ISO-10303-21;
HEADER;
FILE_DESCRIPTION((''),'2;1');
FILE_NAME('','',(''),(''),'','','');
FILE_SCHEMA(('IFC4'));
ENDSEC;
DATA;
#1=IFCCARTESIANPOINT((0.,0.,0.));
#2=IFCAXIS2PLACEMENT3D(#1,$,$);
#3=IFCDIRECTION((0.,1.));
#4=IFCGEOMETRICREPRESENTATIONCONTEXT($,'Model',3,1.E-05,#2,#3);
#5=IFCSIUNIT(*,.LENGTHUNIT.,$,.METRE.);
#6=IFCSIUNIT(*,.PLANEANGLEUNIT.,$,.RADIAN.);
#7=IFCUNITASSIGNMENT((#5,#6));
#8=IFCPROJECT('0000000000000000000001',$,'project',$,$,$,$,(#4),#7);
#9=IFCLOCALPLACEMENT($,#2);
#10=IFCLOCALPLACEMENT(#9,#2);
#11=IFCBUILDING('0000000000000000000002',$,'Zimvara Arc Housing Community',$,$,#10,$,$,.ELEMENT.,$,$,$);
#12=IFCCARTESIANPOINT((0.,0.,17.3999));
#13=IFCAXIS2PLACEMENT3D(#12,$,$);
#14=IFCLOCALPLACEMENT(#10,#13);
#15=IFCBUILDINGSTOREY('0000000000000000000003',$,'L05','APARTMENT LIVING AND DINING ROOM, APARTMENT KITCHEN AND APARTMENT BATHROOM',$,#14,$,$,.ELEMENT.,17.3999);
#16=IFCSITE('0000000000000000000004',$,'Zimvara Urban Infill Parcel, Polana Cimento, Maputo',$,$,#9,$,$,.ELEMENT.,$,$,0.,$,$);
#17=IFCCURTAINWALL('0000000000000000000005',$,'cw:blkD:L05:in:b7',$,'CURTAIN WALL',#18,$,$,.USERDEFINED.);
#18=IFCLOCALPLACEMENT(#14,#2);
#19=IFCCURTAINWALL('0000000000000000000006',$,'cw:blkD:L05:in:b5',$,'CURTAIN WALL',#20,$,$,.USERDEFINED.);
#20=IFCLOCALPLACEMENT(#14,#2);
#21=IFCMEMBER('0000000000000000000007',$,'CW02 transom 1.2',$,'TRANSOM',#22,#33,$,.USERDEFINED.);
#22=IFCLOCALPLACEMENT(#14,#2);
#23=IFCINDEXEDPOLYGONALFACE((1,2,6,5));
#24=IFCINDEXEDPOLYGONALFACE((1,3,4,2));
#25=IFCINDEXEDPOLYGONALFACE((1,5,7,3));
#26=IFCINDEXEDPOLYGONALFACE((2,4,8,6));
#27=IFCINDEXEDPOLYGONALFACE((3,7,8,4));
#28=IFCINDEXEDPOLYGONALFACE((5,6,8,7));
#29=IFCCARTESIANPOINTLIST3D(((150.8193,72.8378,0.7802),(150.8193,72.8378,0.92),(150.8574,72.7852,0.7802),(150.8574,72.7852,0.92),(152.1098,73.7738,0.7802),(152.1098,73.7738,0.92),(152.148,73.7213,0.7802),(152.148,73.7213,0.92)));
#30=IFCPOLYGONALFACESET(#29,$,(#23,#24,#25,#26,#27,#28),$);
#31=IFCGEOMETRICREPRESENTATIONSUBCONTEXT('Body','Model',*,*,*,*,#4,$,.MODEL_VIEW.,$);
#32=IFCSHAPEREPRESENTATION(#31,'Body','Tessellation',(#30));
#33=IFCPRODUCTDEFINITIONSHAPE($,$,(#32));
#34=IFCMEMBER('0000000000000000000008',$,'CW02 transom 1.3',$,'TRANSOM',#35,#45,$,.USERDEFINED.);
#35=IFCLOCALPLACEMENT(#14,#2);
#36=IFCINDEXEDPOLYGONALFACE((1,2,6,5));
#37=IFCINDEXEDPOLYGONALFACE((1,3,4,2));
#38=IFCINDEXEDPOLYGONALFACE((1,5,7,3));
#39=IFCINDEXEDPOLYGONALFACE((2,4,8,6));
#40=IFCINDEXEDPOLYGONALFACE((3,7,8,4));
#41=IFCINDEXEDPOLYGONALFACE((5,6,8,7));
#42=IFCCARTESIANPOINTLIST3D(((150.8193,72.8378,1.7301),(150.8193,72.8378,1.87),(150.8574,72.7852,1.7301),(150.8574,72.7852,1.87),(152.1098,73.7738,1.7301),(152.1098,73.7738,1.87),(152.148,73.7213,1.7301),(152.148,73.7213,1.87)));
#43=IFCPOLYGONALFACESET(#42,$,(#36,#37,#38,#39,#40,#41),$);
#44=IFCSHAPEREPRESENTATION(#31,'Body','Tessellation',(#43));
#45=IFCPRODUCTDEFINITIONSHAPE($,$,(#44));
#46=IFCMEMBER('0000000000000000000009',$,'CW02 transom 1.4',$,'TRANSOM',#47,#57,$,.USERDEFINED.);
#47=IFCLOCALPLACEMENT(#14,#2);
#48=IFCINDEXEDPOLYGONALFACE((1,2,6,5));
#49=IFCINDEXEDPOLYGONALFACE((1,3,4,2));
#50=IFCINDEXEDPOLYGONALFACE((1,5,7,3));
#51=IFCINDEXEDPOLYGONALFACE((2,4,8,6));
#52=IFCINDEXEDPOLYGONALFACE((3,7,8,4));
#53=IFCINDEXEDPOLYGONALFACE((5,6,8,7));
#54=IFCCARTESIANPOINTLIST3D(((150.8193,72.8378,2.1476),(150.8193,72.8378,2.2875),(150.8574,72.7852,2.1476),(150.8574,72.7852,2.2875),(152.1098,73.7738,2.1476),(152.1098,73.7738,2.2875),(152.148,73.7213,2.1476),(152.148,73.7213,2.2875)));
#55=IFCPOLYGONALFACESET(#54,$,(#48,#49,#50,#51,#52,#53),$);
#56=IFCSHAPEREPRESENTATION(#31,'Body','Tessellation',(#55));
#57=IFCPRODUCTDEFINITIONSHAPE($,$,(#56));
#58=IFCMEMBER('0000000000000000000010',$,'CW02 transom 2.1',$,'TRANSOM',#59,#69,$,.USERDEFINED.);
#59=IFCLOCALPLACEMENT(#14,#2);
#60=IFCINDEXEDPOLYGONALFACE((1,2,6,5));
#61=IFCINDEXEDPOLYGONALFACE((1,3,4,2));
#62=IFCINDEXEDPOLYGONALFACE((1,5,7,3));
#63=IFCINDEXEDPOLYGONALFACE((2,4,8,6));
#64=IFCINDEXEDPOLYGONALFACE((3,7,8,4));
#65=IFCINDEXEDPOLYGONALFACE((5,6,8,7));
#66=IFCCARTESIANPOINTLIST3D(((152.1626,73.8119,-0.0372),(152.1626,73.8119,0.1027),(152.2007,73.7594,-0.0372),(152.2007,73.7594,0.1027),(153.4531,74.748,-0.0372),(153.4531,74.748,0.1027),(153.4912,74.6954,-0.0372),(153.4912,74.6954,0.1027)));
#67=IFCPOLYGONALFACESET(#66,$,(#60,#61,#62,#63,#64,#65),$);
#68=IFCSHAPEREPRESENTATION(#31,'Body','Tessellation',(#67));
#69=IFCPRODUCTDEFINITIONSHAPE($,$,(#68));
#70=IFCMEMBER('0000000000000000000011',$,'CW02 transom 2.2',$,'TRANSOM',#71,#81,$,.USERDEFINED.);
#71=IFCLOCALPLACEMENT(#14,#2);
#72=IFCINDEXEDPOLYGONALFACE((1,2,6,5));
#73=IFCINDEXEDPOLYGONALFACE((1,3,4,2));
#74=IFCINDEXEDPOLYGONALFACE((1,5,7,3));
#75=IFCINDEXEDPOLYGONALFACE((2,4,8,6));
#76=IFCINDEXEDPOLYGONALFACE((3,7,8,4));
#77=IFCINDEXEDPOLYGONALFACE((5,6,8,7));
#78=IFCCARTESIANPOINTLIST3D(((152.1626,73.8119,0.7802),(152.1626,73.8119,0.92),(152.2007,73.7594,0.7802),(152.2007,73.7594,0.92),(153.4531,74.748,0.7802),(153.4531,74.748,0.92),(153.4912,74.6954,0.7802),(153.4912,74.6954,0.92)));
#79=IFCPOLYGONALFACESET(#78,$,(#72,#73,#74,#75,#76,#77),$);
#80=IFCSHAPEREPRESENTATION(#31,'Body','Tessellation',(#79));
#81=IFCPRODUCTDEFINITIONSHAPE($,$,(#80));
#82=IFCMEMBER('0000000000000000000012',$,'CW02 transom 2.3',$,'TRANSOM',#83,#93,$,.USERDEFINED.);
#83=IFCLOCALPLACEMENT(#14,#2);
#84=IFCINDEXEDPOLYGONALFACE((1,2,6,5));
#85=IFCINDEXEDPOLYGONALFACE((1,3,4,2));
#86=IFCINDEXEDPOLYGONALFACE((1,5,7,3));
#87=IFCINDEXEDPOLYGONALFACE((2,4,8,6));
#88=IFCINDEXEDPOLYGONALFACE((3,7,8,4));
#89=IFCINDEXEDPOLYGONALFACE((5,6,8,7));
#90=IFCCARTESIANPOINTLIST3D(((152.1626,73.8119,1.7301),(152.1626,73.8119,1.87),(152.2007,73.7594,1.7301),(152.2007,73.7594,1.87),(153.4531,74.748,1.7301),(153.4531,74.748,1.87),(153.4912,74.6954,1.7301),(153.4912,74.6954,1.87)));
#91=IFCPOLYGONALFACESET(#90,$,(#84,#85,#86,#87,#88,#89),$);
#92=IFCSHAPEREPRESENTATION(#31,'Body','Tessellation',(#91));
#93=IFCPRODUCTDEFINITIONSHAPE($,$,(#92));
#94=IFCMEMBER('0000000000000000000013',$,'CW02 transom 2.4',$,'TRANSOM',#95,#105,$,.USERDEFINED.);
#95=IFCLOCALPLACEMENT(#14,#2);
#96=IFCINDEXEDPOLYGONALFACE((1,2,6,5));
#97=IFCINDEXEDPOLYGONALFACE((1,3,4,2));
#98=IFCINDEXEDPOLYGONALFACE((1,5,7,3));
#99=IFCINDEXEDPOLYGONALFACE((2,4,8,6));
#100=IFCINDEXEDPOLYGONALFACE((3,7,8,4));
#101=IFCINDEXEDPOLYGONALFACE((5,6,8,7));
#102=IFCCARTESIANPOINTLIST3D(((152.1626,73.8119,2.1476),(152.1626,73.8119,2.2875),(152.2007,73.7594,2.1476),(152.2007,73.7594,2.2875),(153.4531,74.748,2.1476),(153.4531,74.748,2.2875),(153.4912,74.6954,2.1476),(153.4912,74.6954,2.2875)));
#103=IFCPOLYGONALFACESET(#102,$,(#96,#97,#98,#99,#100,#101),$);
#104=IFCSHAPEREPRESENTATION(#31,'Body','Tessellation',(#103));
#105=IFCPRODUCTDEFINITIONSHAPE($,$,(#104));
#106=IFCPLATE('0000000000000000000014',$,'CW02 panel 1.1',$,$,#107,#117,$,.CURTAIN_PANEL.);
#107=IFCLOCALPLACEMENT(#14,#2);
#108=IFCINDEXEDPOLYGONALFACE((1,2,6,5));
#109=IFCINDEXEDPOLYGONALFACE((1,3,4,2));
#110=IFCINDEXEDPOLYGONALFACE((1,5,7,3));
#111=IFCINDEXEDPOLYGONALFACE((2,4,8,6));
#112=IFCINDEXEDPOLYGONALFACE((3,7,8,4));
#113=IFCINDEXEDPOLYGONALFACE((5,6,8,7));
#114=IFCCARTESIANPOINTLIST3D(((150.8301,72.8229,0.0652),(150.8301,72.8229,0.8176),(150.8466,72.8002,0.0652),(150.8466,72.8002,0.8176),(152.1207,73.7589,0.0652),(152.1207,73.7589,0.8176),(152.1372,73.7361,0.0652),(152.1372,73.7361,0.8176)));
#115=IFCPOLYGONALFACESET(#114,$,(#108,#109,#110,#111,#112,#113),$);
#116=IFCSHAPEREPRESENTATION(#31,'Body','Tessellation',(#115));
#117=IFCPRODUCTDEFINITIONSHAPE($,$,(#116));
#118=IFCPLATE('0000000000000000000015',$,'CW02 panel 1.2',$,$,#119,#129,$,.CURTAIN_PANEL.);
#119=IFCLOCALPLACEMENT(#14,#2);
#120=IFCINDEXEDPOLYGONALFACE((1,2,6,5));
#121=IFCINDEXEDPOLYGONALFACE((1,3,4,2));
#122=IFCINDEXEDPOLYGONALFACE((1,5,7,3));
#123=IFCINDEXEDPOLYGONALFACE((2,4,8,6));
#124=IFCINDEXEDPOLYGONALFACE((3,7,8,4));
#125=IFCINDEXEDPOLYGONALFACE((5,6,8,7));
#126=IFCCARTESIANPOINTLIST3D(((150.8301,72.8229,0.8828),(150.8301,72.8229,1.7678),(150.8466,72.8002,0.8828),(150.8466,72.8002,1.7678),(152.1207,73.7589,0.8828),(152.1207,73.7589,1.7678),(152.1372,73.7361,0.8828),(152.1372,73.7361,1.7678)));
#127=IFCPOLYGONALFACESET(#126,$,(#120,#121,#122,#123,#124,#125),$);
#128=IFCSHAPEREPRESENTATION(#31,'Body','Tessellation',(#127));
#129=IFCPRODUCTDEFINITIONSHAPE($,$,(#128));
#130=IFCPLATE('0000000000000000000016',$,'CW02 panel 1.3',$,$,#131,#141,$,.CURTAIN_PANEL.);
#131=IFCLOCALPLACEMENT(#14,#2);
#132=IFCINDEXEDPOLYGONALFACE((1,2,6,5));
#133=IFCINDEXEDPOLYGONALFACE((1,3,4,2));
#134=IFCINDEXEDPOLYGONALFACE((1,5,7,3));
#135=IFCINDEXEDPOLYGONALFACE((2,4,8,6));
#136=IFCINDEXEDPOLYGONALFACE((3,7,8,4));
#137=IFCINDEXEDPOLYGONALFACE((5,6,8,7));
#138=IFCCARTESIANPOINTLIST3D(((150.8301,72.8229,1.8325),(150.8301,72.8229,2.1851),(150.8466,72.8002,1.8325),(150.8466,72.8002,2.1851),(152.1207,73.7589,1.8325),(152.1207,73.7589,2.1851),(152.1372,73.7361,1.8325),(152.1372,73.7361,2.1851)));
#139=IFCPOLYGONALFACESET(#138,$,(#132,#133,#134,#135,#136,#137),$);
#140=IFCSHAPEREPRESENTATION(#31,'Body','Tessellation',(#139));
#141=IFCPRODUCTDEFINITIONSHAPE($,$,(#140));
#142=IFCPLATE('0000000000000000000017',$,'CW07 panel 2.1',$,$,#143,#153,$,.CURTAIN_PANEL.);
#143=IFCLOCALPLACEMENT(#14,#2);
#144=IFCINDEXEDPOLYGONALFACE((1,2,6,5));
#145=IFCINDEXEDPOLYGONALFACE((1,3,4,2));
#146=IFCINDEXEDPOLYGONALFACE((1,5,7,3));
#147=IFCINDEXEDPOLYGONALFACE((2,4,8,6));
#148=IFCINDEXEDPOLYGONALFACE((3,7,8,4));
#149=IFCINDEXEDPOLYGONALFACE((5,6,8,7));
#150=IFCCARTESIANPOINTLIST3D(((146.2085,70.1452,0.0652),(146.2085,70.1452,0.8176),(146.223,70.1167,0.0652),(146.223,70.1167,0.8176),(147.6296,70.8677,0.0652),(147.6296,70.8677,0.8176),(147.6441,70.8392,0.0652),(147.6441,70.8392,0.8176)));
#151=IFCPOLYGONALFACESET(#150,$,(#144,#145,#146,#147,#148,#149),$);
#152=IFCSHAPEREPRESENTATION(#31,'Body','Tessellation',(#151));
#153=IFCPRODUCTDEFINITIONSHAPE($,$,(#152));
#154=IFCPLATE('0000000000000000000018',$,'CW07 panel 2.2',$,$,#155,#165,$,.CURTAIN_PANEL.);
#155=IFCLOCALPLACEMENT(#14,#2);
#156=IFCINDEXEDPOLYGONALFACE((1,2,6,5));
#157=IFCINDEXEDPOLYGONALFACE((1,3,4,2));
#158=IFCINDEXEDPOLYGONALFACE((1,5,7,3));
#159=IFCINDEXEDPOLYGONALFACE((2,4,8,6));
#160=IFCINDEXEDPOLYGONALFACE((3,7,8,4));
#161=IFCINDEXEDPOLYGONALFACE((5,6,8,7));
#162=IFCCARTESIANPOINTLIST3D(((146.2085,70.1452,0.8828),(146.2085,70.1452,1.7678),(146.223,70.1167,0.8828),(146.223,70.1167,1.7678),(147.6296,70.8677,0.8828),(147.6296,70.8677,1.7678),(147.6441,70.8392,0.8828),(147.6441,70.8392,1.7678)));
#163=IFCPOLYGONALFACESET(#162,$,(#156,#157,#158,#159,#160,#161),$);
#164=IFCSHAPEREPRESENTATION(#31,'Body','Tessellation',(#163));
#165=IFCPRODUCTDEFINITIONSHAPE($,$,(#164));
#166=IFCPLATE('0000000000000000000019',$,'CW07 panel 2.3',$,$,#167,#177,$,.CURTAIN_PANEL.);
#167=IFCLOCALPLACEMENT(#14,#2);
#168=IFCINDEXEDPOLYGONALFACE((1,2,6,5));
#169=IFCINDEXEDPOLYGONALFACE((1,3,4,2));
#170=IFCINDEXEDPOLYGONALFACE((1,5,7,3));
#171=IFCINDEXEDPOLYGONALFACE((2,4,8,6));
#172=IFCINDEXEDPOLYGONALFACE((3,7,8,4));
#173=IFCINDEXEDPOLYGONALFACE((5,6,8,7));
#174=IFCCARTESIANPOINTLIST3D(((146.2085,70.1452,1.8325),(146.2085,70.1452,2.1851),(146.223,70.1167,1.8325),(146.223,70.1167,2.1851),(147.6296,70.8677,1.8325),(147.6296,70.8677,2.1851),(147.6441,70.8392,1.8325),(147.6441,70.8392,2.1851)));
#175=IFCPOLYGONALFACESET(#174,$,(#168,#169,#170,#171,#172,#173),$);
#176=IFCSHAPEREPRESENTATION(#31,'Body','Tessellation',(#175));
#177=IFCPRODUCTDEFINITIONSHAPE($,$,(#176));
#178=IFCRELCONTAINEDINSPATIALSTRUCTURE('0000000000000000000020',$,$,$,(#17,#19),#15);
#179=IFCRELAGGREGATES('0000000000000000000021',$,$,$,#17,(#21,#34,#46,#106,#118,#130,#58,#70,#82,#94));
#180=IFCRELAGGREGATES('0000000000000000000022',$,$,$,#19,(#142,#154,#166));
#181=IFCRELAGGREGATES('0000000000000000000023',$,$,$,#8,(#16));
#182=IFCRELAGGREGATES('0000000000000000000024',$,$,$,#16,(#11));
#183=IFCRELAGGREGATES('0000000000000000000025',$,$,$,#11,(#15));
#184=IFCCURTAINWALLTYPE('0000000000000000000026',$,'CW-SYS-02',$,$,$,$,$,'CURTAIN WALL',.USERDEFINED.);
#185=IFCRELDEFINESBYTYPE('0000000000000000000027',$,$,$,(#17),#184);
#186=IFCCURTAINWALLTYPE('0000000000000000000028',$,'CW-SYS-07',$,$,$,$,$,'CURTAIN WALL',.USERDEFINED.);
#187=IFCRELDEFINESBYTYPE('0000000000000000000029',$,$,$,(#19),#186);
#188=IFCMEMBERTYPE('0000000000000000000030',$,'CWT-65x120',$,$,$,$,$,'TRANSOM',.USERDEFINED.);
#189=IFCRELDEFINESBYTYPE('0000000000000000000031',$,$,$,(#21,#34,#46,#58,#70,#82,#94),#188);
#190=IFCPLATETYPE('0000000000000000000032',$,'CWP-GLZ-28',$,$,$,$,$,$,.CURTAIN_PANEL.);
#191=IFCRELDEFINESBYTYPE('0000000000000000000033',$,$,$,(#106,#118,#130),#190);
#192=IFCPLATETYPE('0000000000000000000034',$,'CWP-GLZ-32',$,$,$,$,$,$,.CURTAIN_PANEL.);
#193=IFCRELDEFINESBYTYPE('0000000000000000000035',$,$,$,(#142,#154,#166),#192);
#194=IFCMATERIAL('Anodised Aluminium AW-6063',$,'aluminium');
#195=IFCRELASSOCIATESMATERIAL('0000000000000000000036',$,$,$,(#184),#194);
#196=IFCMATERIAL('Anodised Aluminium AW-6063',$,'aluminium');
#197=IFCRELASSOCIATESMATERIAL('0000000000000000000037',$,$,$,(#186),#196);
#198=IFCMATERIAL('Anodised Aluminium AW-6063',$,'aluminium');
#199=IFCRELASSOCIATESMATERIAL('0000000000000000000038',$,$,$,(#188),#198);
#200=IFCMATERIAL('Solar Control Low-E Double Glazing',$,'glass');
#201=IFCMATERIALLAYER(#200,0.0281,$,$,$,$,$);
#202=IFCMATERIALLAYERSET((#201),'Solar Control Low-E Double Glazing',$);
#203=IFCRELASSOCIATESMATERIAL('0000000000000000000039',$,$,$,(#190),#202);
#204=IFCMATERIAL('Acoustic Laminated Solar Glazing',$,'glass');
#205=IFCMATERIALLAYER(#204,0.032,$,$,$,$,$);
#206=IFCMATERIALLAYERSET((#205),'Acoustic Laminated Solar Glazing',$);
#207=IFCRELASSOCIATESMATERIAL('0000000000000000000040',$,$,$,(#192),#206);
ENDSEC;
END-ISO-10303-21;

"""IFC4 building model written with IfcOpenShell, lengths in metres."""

from ifc_helpers import new_model, si_unit, direction, frame, origin, origin_2d, place, context, subcontext, project, spatial, rectangle, extrude, material, layer, layer_set, material_profile, profile_set, type_object, element, aggregate, save


model = new_model("IFC4")

# Units and contexts
model_context = context("Model", 3, precision=1e-05, world=origin(), true_north=direction((0.0, 1.0)))
body_context = subcontext(model_context, "Body", "Model", "MODEL_VIEW")
ifc_project = project(units=[si_unit("LENGTHUNIT", "METRE"), si_unit("PLANEANGLEUNIT", "RADIAN")], contexts=[model_context])

# Site, building, storey
site_placement = place(None, origin())
site = spatial("IfcSite", under=ifc_project, at=site_placement, Name="Zimvara Urban Infill Parcel, Polana Cimento, Maputo", CompositionType="ELEMENT", RefElevation=0.0)
building_placement = place(site_placement, origin())
building = spatial("IfcBuilding", under=site, at=building_placement, Name="Zimvara Arc Housing Community", CompositionType="ELEMENT")
storey_placement = place(building_placement, frame((0.0, 0.0, 17.3999)))
storey = spatial("IfcBuildingStorey", under=building, at=storey_placement, Name="L05", Description="APARTMENT LIVING AND DINING ROOM, APARTMENT KITCHEN AND APARTMENT BATHROOM", CompositionType="ELEMENT", Elevation=17.3999)

# Curtain wall
ifc_material_1 = material(Name="Anodised Aluminium AW-6063", Category="aluminium")
curtain_wall_type_1 = type_object("IfcCurtainWallType", Name="CW-SYS-02", ElementType="CURTAIN WALL", PredefinedType="USERDEFINED", material=ifc_material_1)
curtain_wall_1_placement = place(storey_placement, origin())
curtain_wall_1 = element("IfcCurtainWall", 1, at=curtain_wall_1_placement, inside=storey, type_object=curtain_wall_type_1, Name="cw:blkD:L05:in:b7", ObjectType="CURTAIN WALL", PredefinedType="USERDEFINED")

# Curtain wall
ifc_material_2 = material(Name="Anodised Aluminium AW-6063", Category="aluminium")
curtain_wall_type_2 = type_object("IfcCurtainWallType", Name="CW-SYS-07", ElementType="CURTAIN WALL", PredefinedType="USERDEFINED", material=ifc_material_2)
curtain_wall_2_placement = place(storey_placement, origin())
curtain_wall_2 = element("IfcCurtainWall", 2, at=curtain_wall_2_placement, inside=storey, type_object=curtain_wall_type_2, Name="cw:blkD:L05:in:b5", ObjectType="CURTAIN WALL", PredefinedType="USERDEFINED")

# Members
ifc_material_3 = material(Name="Anodised Aluminium AW-6063", Category="aluminium")
ifc_material_profile_1 = material_profile(ifc_material_3, rectangle(XDim=0.0649, YDim=0.1399, at=origin_2d()), Name="ALU 65x140")
ifc_profile_set_1 = profile_set([ifc_material_profile_1], Name="Anodised Aluminium AW-6063")
member_type_1 = type_object("IfcMemberType", Name="CWT-65x120", ElementType="TRANSOM", PredefinedType="USERDEFINED", material=ifc_profile_set_1)
member_1_placement = place(storey_placement, frame((150.8384, 72.8115, 0.8501), z_axis=(0.80949, 0.587133, 0.0), x_axis=(-0.587133, 0.80949, 0.0)))
member_1 = element("IfcMember", 3, at=member_1_placement, type_object=member_type_1, Name="CW02 transom 1.2", ObjectType="TRANSOM", PredefinedType="USERDEFINED", context=body_context, shape_type="SweptSolid", body=[
    extrude(rectangle(XDim=0.0649, YDim=0.1399, at=origin_2d()), origin(), (0.0, 0.0, 1.0), 1.5942),
])
member_2_placement = place(storey_placement, frame((150.8384, 72.8115, 1.8), z_axis=(0.80949, 0.587133, 0.0), x_axis=(-0.587133, 0.80949, 0.0)))
member_2 = element("IfcMember", 4, at=member_2_placement, type_object=member_type_1, Name="CW02 transom 1.3", ObjectType="TRANSOM", PredefinedType="USERDEFINED", context=body_context, shape_type="SweptSolid", body=[
    extrude(rectangle(XDim=0.0649, YDim=0.1399, at=origin_2d()), origin(), (0.0, 0.0, 1.0), 1.5942),
])
member_3_placement = place(storey_placement, frame((150.8384, 72.8115, 2.2175), z_axis=(0.80949, 0.587133, 0.0), x_axis=(-0.587133, 0.80949, 0.0)))
member_3 = element("IfcMember", 5, at=member_3_placement, type_object=member_type_1, Name="CW02 transom 1.4", ObjectType="TRANSOM", PredefinedType="USERDEFINED", context=body_context, shape_type="SweptSolid", body=[
    extrude(rectangle(XDim=0.0649, YDim=0.1399, at=origin_2d()), origin(), (0.0, 0.0, 1.0), 1.5942),
])
member_4_placement = place(storey_placement, frame((152.1816, 73.7856, 0.0327), z_axis=(0.80949, 0.587133, 0.0), x_axis=(-0.587133, 0.80949, 0.0)))
member_4 = element("IfcMember", 6, at=member_4_placement, type_object=member_type_1, Name="CW02 transom 2.1", ObjectType="TRANSOM", PredefinedType="USERDEFINED", context=body_context, shape_type="SweptSolid", body=[
    extrude(rectangle(XDim=0.0649, YDim=0.1399, at=origin_2d()), origin(), (0.0, 0.0, 1.0), 1.5942),
])
member_5_placement = place(storey_placement, frame((152.1816, 73.7856, 0.8501), z_axis=(0.80949, 0.587133, 0.0), x_axis=(-0.587133, 0.80949, 0.0)))
member_5 = element("IfcMember", 7, at=member_5_placement, type_object=member_type_1, Name="CW02 transom 2.2", ObjectType="TRANSOM", PredefinedType="USERDEFINED", context=body_context, shape_type="SweptSolid", body=[
    extrude(rectangle(XDim=0.0649, YDim=0.1399, at=origin_2d()), origin(), (0.0, 0.0, 1.0), 1.5942),
])
member_6_placement = place(storey_placement, frame((152.1816, 73.7856, 1.8), z_axis=(0.80949, 0.587133, 0.0), x_axis=(-0.587133, 0.80949, 0.0)))
member_6 = element("IfcMember", 8, at=member_6_placement, type_object=member_type_1, Name="CW02 transom 2.3", ObjectType="TRANSOM", PredefinedType="USERDEFINED", context=body_context, shape_type="SweptSolid", body=[
    extrude(rectangle(XDim=0.0649, YDim=0.1399, at=origin_2d()), origin(), (0.0, 0.0, 1.0), 1.5942),
])
member_7_placement = place(storey_placement, frame((152.1816, 73.7856, 2.2175), z_axis=(0.80949, 0.587133, 0.0), x_axis=(-0.587133, 0.80949, 0.0)))
member_7 = element("IfcMember", 9, at=member_7_placement, type_object=member_type_1, Name="CW02 transom 2.4", ObjectType="TRANSOM", PredefinedType="USERDEFINED", context=body_context, shape_type="SweptSolid", body=[
    extrude(rectangle(XDim=0.0649, YDim=0.1399, at=origin_2d()), origin(), (0.0, 0.0, 1.0), 1.5942),
])

# Plates
ifc_material_4 = material(Name="Solar Control Low-E Double Glazing", Category="glass")
ifc_layer_1 = layer(ifc_material_4, 0.0281)
ifc_layer_set_1 = layer_set([ifc_layer_1], Name="Solar Control Low-E Double Glazing")
plate_type_1 = type_object("IfcPlateType", Name="CWP-GLZ-28", PredefinedType="CURTAIN_PANEL", material=ifc_layer_set_1)
plate_1_placement = place(storey_placement, frame((151.4836, 73.2795, 0.0652), z_axis=(0.0, 0.0, 1.0), x_axis=(0.809529, 0.587079, 0.0)))
plate_1 = element("IfcPlate", 10, at=plate_1_placement, type_object=plate_type_1, Name="CW02 panel 1.1", PredefinedType="CURTAIN_PANEL", context=body_context, shape_type="SweptSolid", body=[
    extrude(rectangle(XDim=1.5942, YDim=0.0281, at=origin_2d()), origin(), (0.0, 0.0, 1.0), 0.7524),
])
plate_2_placement = place(storey_placement, frame((151.4836, 73.2795, 0.8828), z_axis=(0.0, 0.0, 1.0), x_axis=(0.809529, 0.587079, 0.0)))
plate_2 = element("IfcPlate", 11, at=plate_2_placement, type_object=plate_type_1, Name="CW02 panel 1.2", PredefinedType="CURTAIN_PANEL", context=body_context, shape_type="SweptSolid", body=[
    extrude(rectangle(XDim=1.5942, YDim=0.0281, at=origin_2d()), origin(), (0.0, 0.0, 1.0), 0.885),
])
plate_3_placement = place(storey_placement, frame((151.4836, 73.2795, 1.8325), z_axis=(0.0, 0.0, 1.0), x_axis=(0.809529, 0.587079, 0.0)))
plate_3 = element("IfcPlate", 12, at=plate_3_placement, type_object=plate_type_1, Name="CW02 panel 1.3", PredefinedType="CURTAIN_PANEL", context=body_context, shape_type="SweptSolid", body=[
    extrude(rectangle(XDim=1.5942, YDim=0.0281, at=origin_2d()), origin(), (0.0, 0.0, 1.0), 0.3525),
])
aggregate(curtain_wall_1, [member_1, member_2, member_3, plate_1, plate_2, plate_3, member_4, member_5, member_6, member_7])
ifc_material_5 = material(Name="Acoustic Laminated Solar Glazing", Category="glass")
ifc_layer_2 = layer(ifc_material_5, 0.032)
ifc_layer_set_2 = layer_set([ifc_layer_2], Name="Acoustic Laminated Solar Glazing")
plate_type_2 = type_object("IfcPlateType", Name="CWP-GLZ-32", PredefinedType="CURTAIN_PANEL", material=ifc_layer_set_2)
plate_4_placement = place(storey_placement, frame((146.9263, 70.4922, 0.0652), z_axis=(0.0, 0.0, 1.0), x_axis=(0.891403, 0.453211, 0.0)))
plate_4 = element("IfcPlate", 13, at=plate_4_placement, type_object=plate_type_2, Name="CW07 panel 2.1", PredefinedType="CURTAIN_PANEL", context=body_context, shape_type="SweptSolid", body=[
    extrude(rectangle(XDim=1.5942, YDim=0.032, at=origin_2d()), origin(), (0.0, 0.0, 1.0), 0.7524),
])
plate_5_placement = place(storey_placement, frame((146.9263, 70.4922, 0.8828), z_axis=(0.0, 0.0, 1.0), x_axis=(0.891403, 0.453211, 0.0)))
plate_5 = element("IfcPlate", 14, at=plate_5_placement, type_object=plate_type_2, Name="CW07 panel 2.2", PredefinedType="CURTAIN_PANEL", context=body_context, shape_type="SweptSolid", body=[
    extrude(rectangle(XDim=1.5942, YDim=0.032, at=origin_2d()), origin(), (0.0, 0.0, 1.0), 0.885),
])
plate_6_placement = place(storey_placement, frame((146.9263, 70.4922, 1.8325), z_axis=(0.0, 0.0, 1.0), x_axis=(0.891403, 0.453211, 0.0)))
plate_6 = element("IfcPlate", 15, at=plate_6_placement, type_object=plate_type_2, Name="CW07 panel 2.3", PredefinedType="CURTAIN_PANEL", context=body_context, shape_type="SweptSolid", body=[
    extrude(rectangle(XDim=1.5942, YDim=0.032, at=origin_2d()), origin(), (0.0, 0.0, 1.0), 0.3525),
])
aggregate(curtain_wall_2, [plate_4, plate_5, plate_6])

save(model, "model.ifc")
